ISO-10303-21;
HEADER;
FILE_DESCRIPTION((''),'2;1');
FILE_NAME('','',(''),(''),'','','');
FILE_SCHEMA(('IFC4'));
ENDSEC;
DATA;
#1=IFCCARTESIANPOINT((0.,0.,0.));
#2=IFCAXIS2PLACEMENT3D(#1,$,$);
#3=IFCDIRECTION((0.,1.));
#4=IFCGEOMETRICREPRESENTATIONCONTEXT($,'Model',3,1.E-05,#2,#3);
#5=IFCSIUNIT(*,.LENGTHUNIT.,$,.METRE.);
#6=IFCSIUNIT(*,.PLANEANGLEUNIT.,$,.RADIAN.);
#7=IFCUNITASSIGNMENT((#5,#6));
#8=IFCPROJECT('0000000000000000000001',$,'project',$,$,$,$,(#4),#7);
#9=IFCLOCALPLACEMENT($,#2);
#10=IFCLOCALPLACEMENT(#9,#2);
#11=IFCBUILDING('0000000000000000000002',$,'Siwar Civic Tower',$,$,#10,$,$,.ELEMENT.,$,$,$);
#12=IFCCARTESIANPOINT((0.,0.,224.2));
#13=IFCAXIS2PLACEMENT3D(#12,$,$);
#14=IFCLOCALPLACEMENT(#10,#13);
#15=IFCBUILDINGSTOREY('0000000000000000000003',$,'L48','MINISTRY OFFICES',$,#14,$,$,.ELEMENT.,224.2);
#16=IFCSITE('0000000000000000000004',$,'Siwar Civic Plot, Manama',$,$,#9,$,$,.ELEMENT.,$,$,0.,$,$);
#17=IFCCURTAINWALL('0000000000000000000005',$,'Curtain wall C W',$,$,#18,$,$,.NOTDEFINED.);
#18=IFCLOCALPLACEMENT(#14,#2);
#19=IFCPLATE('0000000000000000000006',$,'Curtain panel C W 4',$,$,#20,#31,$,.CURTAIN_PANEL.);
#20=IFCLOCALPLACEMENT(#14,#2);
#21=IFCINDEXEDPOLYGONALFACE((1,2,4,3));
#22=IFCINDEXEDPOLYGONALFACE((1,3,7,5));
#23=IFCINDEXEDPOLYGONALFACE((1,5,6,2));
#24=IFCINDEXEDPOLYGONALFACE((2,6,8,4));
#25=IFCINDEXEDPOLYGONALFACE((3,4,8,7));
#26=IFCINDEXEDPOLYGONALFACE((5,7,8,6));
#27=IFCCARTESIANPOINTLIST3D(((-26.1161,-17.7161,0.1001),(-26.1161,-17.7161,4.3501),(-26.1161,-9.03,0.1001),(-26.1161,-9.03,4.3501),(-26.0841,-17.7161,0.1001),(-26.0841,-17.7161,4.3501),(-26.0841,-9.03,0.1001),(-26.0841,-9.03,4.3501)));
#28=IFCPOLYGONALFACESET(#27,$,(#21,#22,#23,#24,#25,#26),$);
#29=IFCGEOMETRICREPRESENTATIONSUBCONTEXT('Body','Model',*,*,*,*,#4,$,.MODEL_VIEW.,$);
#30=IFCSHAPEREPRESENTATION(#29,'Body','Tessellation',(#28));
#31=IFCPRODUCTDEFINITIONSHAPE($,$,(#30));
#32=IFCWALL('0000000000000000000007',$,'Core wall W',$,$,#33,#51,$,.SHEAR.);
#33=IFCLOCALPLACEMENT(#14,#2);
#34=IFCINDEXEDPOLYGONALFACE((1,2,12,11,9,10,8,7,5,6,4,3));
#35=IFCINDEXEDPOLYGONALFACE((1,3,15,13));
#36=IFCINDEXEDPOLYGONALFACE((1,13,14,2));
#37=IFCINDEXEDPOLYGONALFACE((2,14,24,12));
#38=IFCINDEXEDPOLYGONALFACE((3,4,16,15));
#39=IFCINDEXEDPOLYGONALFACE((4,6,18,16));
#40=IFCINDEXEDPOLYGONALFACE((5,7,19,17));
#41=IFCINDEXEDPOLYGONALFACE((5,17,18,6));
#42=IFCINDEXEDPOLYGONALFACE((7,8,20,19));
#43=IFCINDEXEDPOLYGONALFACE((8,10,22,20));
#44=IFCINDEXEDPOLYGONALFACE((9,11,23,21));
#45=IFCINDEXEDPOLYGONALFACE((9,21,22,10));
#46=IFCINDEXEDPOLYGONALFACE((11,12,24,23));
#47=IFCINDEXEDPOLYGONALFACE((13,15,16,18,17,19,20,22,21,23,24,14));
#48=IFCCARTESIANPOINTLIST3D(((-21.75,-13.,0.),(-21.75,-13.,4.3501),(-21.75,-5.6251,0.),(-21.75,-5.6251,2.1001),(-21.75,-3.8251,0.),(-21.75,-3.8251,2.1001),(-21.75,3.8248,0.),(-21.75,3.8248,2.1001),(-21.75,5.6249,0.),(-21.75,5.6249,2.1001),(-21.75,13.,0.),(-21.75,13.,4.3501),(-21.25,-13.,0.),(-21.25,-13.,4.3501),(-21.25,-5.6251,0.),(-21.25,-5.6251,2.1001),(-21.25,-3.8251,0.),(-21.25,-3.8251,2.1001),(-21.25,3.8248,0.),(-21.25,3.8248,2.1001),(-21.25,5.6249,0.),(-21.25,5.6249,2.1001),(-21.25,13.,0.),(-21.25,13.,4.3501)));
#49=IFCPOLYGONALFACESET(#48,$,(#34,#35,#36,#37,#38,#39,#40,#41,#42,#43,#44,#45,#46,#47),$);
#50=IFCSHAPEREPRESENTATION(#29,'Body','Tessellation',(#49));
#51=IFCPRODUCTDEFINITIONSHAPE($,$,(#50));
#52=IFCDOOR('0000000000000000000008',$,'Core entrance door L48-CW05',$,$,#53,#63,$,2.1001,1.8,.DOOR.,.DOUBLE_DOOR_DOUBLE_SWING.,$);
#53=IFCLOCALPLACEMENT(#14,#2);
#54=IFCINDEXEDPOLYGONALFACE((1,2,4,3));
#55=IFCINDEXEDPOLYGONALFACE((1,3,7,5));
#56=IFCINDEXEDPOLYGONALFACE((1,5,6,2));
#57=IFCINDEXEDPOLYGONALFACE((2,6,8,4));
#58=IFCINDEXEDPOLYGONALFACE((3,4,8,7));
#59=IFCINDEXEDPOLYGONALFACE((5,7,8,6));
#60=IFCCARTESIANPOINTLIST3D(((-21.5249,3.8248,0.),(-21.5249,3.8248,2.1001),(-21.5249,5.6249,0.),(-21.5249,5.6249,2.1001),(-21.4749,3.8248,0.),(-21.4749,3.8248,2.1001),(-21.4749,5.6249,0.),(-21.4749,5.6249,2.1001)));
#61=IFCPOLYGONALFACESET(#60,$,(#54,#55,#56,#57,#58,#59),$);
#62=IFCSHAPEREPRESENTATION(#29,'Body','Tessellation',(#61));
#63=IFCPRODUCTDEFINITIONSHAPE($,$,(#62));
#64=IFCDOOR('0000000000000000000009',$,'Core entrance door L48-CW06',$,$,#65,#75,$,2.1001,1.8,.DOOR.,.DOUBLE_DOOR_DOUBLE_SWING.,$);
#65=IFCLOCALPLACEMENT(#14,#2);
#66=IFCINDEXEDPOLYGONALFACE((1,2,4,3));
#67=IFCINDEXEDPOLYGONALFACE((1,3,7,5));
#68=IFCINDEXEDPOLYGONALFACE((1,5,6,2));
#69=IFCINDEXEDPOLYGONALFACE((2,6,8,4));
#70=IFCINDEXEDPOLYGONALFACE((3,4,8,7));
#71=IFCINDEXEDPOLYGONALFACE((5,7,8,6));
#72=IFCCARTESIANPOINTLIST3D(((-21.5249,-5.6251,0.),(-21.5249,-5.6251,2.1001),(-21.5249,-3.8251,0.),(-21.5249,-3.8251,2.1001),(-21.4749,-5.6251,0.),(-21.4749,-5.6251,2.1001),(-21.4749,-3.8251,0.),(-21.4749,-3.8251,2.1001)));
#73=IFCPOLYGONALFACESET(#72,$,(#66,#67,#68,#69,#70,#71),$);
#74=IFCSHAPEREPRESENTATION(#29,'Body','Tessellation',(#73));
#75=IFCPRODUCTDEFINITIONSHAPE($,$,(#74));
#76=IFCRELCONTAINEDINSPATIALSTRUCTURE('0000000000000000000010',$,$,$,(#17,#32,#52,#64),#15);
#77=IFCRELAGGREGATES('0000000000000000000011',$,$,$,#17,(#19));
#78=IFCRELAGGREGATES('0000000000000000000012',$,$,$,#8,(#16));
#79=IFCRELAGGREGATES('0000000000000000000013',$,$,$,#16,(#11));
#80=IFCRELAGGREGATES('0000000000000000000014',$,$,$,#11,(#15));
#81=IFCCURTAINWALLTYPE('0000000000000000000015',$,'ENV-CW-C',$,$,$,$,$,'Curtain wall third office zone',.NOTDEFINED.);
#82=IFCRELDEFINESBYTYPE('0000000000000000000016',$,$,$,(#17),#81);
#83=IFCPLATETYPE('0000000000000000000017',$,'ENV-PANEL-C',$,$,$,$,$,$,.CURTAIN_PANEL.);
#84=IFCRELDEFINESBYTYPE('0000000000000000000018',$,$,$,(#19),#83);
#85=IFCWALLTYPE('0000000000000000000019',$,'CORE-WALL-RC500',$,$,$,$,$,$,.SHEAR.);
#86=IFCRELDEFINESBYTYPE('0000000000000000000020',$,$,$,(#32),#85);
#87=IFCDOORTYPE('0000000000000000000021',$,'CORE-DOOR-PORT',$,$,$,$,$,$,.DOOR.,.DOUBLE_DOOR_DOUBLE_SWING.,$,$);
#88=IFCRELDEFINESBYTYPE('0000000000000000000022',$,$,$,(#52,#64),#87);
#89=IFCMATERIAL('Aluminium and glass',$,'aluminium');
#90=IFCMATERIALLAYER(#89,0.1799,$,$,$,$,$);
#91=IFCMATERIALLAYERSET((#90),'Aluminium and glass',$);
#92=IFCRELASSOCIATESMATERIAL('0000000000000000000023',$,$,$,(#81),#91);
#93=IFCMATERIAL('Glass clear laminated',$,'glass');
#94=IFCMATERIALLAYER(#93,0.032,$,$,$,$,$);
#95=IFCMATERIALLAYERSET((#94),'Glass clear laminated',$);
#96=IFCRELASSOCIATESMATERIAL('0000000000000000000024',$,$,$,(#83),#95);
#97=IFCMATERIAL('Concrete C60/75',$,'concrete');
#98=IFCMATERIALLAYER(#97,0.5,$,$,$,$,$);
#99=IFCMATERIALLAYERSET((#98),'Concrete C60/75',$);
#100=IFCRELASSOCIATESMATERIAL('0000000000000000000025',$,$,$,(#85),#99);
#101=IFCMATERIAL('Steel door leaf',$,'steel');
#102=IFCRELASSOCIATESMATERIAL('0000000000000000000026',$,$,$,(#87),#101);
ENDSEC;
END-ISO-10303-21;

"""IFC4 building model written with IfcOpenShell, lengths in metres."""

from ifc_helpers import new_model, si_unit, direction, frame, frame_2d, origin, origin_2d, place, context, subcontext, project, spatial, rectangle, extrude, material, layer, layer_set, type_object, element, fill, aggregate, save


model = new_model("IFC4")

# Units and contexts
model_context = context("Model", 3, precision=1e-05, world=origin(), true_north=direction((0.0, 1.0)))
body_context = subcontext(model_context, "Body", "Model", "MODEL_VIEW")
ifc_project = project(units=[si_unit("LENGTHUNIT", "METRE"), si_unit("PLANEANGLEUNIT", "RADIAN")], contexts=[model_context])

# Site, building, storey
site_placement = place(None, origin())
site = spatial("IfcSite", under=ifc_project, at=site_placement, Name="Siwar Civic Plot, Manama", CompositionType="ELEMENT", RefElevation=0.0)
building_placement = place(site_placement, origin())
building = spatial("IfcBuilding", under=site, at=building_placement, Name="Siwar Civic Tower", CompositionType="ELEMENT")
storey_placement = place(building_placement, frame((0.0, 0.0, 224.2)))
storey = spatial("IfcBuildingStorey", under=building, at=storey_placement, Name="L48", Description="MINISTRY OFFICES", CompositionType="ELEMENT", Elevation=224.2)

# Curtain wall
ifc_material_1 = material(Name="Aluminium and glass", Category="aluminium")
ifc_layer_1 = layer(ifc_material_1, 0.1799)
ifc_layer_set_1 = layer_set([ifc_layer_1], Name="Aluminium and glass")
curtain_wall_type_1 = type_object("IfcCurtainWallType", Name="ENV-CW-C", ElementType="Curtain wall third office zone", PredefinedType="NOTDEFINED", material=ifc_layer_set_1)
curtain_wall_1_placement = place(storey_placement, origin())
curtain_wall_1 = element("IfcCurtainWall", 1, at=curtain_wall_1_placement, inside=storey, type_object=curtain_wall_type_1, Name="Curtain wall C W", PredefinedType="NOTDEFINED")

# Plate
ifc_material_2 = material(Name="Glass clear laminated", Category="glass")
ifc_layer_2 = layer(ifc_material_2, 0.032)
ifc_layer_set_2 = layer_set([ifc_layer_2], Name="Glass clear laminated")
plate_type = type_object("IfcPlateType", Name="ENV-PANEL-C", PredefinedType="CURTAIN_PANEL", material=ifc_layer_set_2)
plate_placement = place(storey_placement, frame((-26.1001, -13.373, 0.1001), z_axis=(0.0, 0.0, 1.0), x_axis=(0.0, -1.0, 0.0)))
plate = element("IfcPlate", 2, at=plate_placement, type_object=plate_type, Name="Curtain panel C W 4", PredefinedType="CURTAIN_PANEL", context=body_context, shape_type="SweptSolid", body=[
    extrude(rectangle(XDim=8.686, YDim=0.032, at=origin_2d()), origin(), (0.0, 0.0, 1.0), 4.25),
])
aggregate(curtain_wall_1, [plate])

# Wall, openings, doors
ifc_material_3 = material(Name="Concrete C60/75", Category="concrete")
ifc_layer_3 = layer(ifc_material_3, 0.5)
ifc_layer_set_3 = layer_set([ifc_layer_3], Name="Concrete C60/75")
wall_type_1 = type_object("IfcWallType", Name="CORE-WALL-RC500", PredefinedType="SHEAR", material=ifc_layer_set_3)
wall_1_placement = place(storey_placement, frame((-21.5, -13.0, 0.0), z_axis=(0.0, 0.0, 1.0), x_axis=(0.0, 1.0, 0.0)))
wall_1 = element("IfcWall", 3, at=wall_1_placement, inside=storey, type_object=wall_type_1, Name="Core wall W", PredefinedType="SHEAR", context=body_context, shape_type="SweptSolid", body=[
    extrude(rectangle(XDim=26.0, YDim=0.5, at=frame_2d((13.0, 0.0))), origin(), (0.0, 0.0, 1.0), 4.3501),
])
opening_1_placement = place(wall_1_placement, frame((16.825, 0.0, 0.0)))
opening_1 = element("IfcOpeningElement", 4, at=opening_1_placement, cuts=wall_1, PredefinedType="OPENING", context=body_context, shape_type="SweptSolid", body=[
    extrude(rectangle(XDim=1.8, YDim=2.1001, at=frame_2d((0.8999, 1.05))), frame((0.0, 0.26, 0.0), z_axis=(0.0, -1.0, 0.0), x_axis=(1.0, 0.0, 0.0)), (0.0, 0.0, 1.0), 0.52),
])
opening_2_placement = place(wall_1_placement, frame((7.375, 0.0, 0.0)))
opening_2 = element("IfcOpeningElement", 5, at=opening_2_placement, cuts=wall_1, PredefinedType="OPENING", context=body_context, shape_type="SweptSolid", body=[
    extrude(rectangle(XDim=1.8, YDim=2.1001, at=frame_2d((0.8999, 1.05))), frame((0.0, 0.26, 0.0), z_axis=(0.0, -1.0, 0.0), x_axis=(1.0, 0.0, 0.0)), (0.0, 0.0, 1.0), 0.52),
])
ifc_material_4 = material(Name="Steel door leaf", Category="steel")
door_type_1 = type_object("IfcDoorType", Name="CORE-DOOR-PORT", OperationType="DOUBLE_DOOR_DOUBLE_SWING", PredefinedType="DOOR", material=ifc_material_4)
door_1_placement = place(opening_1_placement, origin())
door_1 = element("IfcDoor", 6, at=door_1_placement, inside=storey, type_object=door_type_1, Name="Core entrance door L48-CW05", OperationType="DOUBLE_DOOR_DOUBLE_SWING", OverallHeight=2.1001, OverallWidth=1.8, PredefinedType="DOOR", context=body_context, shape_type="SweptSolid", body=[
    extrude(rectangle(XDim=1.8, YDim=2.1001, at=frame_2d((0.8999, 1.05))), frame((0.0, 0.0249, 0.0), z_axis=(0.0, -1.0, 0.0), x_axis=(1.0, 0.0, 0.0)), (0.0, 0.0, 1.0), 0.05),
])
fill(opening_1, door_1)
door_2_placement = place(opening_2_placement, origin())
door_2 = element("IfcDoor", 7, at=door_2_placement, inside=storey, type_object=door_type_1, Name="Core entrance door L48-CW06", OperationType="DOUBLE_DOOR_DOUBLE_SWING", OverallHeight=2.1001, OverallWidth=1.8, PredefinedType="DOOR", context=body_context, shape_type="SweptSolid", body=[
    extrude(rectangle(XDim=1.8, YDim=2.1001, at=frame_2d((0.8999, 1.05))), frame((0.0, 0.0249, 0.0), z_axis=(0.0, -1.0, 0.0), x_axis=(1.0, 0.0, 0.0)), (0.0, 0.0, 1.0), 0.05),
])
fill(opening_2, door_2)

save(model, "model.ifc")
